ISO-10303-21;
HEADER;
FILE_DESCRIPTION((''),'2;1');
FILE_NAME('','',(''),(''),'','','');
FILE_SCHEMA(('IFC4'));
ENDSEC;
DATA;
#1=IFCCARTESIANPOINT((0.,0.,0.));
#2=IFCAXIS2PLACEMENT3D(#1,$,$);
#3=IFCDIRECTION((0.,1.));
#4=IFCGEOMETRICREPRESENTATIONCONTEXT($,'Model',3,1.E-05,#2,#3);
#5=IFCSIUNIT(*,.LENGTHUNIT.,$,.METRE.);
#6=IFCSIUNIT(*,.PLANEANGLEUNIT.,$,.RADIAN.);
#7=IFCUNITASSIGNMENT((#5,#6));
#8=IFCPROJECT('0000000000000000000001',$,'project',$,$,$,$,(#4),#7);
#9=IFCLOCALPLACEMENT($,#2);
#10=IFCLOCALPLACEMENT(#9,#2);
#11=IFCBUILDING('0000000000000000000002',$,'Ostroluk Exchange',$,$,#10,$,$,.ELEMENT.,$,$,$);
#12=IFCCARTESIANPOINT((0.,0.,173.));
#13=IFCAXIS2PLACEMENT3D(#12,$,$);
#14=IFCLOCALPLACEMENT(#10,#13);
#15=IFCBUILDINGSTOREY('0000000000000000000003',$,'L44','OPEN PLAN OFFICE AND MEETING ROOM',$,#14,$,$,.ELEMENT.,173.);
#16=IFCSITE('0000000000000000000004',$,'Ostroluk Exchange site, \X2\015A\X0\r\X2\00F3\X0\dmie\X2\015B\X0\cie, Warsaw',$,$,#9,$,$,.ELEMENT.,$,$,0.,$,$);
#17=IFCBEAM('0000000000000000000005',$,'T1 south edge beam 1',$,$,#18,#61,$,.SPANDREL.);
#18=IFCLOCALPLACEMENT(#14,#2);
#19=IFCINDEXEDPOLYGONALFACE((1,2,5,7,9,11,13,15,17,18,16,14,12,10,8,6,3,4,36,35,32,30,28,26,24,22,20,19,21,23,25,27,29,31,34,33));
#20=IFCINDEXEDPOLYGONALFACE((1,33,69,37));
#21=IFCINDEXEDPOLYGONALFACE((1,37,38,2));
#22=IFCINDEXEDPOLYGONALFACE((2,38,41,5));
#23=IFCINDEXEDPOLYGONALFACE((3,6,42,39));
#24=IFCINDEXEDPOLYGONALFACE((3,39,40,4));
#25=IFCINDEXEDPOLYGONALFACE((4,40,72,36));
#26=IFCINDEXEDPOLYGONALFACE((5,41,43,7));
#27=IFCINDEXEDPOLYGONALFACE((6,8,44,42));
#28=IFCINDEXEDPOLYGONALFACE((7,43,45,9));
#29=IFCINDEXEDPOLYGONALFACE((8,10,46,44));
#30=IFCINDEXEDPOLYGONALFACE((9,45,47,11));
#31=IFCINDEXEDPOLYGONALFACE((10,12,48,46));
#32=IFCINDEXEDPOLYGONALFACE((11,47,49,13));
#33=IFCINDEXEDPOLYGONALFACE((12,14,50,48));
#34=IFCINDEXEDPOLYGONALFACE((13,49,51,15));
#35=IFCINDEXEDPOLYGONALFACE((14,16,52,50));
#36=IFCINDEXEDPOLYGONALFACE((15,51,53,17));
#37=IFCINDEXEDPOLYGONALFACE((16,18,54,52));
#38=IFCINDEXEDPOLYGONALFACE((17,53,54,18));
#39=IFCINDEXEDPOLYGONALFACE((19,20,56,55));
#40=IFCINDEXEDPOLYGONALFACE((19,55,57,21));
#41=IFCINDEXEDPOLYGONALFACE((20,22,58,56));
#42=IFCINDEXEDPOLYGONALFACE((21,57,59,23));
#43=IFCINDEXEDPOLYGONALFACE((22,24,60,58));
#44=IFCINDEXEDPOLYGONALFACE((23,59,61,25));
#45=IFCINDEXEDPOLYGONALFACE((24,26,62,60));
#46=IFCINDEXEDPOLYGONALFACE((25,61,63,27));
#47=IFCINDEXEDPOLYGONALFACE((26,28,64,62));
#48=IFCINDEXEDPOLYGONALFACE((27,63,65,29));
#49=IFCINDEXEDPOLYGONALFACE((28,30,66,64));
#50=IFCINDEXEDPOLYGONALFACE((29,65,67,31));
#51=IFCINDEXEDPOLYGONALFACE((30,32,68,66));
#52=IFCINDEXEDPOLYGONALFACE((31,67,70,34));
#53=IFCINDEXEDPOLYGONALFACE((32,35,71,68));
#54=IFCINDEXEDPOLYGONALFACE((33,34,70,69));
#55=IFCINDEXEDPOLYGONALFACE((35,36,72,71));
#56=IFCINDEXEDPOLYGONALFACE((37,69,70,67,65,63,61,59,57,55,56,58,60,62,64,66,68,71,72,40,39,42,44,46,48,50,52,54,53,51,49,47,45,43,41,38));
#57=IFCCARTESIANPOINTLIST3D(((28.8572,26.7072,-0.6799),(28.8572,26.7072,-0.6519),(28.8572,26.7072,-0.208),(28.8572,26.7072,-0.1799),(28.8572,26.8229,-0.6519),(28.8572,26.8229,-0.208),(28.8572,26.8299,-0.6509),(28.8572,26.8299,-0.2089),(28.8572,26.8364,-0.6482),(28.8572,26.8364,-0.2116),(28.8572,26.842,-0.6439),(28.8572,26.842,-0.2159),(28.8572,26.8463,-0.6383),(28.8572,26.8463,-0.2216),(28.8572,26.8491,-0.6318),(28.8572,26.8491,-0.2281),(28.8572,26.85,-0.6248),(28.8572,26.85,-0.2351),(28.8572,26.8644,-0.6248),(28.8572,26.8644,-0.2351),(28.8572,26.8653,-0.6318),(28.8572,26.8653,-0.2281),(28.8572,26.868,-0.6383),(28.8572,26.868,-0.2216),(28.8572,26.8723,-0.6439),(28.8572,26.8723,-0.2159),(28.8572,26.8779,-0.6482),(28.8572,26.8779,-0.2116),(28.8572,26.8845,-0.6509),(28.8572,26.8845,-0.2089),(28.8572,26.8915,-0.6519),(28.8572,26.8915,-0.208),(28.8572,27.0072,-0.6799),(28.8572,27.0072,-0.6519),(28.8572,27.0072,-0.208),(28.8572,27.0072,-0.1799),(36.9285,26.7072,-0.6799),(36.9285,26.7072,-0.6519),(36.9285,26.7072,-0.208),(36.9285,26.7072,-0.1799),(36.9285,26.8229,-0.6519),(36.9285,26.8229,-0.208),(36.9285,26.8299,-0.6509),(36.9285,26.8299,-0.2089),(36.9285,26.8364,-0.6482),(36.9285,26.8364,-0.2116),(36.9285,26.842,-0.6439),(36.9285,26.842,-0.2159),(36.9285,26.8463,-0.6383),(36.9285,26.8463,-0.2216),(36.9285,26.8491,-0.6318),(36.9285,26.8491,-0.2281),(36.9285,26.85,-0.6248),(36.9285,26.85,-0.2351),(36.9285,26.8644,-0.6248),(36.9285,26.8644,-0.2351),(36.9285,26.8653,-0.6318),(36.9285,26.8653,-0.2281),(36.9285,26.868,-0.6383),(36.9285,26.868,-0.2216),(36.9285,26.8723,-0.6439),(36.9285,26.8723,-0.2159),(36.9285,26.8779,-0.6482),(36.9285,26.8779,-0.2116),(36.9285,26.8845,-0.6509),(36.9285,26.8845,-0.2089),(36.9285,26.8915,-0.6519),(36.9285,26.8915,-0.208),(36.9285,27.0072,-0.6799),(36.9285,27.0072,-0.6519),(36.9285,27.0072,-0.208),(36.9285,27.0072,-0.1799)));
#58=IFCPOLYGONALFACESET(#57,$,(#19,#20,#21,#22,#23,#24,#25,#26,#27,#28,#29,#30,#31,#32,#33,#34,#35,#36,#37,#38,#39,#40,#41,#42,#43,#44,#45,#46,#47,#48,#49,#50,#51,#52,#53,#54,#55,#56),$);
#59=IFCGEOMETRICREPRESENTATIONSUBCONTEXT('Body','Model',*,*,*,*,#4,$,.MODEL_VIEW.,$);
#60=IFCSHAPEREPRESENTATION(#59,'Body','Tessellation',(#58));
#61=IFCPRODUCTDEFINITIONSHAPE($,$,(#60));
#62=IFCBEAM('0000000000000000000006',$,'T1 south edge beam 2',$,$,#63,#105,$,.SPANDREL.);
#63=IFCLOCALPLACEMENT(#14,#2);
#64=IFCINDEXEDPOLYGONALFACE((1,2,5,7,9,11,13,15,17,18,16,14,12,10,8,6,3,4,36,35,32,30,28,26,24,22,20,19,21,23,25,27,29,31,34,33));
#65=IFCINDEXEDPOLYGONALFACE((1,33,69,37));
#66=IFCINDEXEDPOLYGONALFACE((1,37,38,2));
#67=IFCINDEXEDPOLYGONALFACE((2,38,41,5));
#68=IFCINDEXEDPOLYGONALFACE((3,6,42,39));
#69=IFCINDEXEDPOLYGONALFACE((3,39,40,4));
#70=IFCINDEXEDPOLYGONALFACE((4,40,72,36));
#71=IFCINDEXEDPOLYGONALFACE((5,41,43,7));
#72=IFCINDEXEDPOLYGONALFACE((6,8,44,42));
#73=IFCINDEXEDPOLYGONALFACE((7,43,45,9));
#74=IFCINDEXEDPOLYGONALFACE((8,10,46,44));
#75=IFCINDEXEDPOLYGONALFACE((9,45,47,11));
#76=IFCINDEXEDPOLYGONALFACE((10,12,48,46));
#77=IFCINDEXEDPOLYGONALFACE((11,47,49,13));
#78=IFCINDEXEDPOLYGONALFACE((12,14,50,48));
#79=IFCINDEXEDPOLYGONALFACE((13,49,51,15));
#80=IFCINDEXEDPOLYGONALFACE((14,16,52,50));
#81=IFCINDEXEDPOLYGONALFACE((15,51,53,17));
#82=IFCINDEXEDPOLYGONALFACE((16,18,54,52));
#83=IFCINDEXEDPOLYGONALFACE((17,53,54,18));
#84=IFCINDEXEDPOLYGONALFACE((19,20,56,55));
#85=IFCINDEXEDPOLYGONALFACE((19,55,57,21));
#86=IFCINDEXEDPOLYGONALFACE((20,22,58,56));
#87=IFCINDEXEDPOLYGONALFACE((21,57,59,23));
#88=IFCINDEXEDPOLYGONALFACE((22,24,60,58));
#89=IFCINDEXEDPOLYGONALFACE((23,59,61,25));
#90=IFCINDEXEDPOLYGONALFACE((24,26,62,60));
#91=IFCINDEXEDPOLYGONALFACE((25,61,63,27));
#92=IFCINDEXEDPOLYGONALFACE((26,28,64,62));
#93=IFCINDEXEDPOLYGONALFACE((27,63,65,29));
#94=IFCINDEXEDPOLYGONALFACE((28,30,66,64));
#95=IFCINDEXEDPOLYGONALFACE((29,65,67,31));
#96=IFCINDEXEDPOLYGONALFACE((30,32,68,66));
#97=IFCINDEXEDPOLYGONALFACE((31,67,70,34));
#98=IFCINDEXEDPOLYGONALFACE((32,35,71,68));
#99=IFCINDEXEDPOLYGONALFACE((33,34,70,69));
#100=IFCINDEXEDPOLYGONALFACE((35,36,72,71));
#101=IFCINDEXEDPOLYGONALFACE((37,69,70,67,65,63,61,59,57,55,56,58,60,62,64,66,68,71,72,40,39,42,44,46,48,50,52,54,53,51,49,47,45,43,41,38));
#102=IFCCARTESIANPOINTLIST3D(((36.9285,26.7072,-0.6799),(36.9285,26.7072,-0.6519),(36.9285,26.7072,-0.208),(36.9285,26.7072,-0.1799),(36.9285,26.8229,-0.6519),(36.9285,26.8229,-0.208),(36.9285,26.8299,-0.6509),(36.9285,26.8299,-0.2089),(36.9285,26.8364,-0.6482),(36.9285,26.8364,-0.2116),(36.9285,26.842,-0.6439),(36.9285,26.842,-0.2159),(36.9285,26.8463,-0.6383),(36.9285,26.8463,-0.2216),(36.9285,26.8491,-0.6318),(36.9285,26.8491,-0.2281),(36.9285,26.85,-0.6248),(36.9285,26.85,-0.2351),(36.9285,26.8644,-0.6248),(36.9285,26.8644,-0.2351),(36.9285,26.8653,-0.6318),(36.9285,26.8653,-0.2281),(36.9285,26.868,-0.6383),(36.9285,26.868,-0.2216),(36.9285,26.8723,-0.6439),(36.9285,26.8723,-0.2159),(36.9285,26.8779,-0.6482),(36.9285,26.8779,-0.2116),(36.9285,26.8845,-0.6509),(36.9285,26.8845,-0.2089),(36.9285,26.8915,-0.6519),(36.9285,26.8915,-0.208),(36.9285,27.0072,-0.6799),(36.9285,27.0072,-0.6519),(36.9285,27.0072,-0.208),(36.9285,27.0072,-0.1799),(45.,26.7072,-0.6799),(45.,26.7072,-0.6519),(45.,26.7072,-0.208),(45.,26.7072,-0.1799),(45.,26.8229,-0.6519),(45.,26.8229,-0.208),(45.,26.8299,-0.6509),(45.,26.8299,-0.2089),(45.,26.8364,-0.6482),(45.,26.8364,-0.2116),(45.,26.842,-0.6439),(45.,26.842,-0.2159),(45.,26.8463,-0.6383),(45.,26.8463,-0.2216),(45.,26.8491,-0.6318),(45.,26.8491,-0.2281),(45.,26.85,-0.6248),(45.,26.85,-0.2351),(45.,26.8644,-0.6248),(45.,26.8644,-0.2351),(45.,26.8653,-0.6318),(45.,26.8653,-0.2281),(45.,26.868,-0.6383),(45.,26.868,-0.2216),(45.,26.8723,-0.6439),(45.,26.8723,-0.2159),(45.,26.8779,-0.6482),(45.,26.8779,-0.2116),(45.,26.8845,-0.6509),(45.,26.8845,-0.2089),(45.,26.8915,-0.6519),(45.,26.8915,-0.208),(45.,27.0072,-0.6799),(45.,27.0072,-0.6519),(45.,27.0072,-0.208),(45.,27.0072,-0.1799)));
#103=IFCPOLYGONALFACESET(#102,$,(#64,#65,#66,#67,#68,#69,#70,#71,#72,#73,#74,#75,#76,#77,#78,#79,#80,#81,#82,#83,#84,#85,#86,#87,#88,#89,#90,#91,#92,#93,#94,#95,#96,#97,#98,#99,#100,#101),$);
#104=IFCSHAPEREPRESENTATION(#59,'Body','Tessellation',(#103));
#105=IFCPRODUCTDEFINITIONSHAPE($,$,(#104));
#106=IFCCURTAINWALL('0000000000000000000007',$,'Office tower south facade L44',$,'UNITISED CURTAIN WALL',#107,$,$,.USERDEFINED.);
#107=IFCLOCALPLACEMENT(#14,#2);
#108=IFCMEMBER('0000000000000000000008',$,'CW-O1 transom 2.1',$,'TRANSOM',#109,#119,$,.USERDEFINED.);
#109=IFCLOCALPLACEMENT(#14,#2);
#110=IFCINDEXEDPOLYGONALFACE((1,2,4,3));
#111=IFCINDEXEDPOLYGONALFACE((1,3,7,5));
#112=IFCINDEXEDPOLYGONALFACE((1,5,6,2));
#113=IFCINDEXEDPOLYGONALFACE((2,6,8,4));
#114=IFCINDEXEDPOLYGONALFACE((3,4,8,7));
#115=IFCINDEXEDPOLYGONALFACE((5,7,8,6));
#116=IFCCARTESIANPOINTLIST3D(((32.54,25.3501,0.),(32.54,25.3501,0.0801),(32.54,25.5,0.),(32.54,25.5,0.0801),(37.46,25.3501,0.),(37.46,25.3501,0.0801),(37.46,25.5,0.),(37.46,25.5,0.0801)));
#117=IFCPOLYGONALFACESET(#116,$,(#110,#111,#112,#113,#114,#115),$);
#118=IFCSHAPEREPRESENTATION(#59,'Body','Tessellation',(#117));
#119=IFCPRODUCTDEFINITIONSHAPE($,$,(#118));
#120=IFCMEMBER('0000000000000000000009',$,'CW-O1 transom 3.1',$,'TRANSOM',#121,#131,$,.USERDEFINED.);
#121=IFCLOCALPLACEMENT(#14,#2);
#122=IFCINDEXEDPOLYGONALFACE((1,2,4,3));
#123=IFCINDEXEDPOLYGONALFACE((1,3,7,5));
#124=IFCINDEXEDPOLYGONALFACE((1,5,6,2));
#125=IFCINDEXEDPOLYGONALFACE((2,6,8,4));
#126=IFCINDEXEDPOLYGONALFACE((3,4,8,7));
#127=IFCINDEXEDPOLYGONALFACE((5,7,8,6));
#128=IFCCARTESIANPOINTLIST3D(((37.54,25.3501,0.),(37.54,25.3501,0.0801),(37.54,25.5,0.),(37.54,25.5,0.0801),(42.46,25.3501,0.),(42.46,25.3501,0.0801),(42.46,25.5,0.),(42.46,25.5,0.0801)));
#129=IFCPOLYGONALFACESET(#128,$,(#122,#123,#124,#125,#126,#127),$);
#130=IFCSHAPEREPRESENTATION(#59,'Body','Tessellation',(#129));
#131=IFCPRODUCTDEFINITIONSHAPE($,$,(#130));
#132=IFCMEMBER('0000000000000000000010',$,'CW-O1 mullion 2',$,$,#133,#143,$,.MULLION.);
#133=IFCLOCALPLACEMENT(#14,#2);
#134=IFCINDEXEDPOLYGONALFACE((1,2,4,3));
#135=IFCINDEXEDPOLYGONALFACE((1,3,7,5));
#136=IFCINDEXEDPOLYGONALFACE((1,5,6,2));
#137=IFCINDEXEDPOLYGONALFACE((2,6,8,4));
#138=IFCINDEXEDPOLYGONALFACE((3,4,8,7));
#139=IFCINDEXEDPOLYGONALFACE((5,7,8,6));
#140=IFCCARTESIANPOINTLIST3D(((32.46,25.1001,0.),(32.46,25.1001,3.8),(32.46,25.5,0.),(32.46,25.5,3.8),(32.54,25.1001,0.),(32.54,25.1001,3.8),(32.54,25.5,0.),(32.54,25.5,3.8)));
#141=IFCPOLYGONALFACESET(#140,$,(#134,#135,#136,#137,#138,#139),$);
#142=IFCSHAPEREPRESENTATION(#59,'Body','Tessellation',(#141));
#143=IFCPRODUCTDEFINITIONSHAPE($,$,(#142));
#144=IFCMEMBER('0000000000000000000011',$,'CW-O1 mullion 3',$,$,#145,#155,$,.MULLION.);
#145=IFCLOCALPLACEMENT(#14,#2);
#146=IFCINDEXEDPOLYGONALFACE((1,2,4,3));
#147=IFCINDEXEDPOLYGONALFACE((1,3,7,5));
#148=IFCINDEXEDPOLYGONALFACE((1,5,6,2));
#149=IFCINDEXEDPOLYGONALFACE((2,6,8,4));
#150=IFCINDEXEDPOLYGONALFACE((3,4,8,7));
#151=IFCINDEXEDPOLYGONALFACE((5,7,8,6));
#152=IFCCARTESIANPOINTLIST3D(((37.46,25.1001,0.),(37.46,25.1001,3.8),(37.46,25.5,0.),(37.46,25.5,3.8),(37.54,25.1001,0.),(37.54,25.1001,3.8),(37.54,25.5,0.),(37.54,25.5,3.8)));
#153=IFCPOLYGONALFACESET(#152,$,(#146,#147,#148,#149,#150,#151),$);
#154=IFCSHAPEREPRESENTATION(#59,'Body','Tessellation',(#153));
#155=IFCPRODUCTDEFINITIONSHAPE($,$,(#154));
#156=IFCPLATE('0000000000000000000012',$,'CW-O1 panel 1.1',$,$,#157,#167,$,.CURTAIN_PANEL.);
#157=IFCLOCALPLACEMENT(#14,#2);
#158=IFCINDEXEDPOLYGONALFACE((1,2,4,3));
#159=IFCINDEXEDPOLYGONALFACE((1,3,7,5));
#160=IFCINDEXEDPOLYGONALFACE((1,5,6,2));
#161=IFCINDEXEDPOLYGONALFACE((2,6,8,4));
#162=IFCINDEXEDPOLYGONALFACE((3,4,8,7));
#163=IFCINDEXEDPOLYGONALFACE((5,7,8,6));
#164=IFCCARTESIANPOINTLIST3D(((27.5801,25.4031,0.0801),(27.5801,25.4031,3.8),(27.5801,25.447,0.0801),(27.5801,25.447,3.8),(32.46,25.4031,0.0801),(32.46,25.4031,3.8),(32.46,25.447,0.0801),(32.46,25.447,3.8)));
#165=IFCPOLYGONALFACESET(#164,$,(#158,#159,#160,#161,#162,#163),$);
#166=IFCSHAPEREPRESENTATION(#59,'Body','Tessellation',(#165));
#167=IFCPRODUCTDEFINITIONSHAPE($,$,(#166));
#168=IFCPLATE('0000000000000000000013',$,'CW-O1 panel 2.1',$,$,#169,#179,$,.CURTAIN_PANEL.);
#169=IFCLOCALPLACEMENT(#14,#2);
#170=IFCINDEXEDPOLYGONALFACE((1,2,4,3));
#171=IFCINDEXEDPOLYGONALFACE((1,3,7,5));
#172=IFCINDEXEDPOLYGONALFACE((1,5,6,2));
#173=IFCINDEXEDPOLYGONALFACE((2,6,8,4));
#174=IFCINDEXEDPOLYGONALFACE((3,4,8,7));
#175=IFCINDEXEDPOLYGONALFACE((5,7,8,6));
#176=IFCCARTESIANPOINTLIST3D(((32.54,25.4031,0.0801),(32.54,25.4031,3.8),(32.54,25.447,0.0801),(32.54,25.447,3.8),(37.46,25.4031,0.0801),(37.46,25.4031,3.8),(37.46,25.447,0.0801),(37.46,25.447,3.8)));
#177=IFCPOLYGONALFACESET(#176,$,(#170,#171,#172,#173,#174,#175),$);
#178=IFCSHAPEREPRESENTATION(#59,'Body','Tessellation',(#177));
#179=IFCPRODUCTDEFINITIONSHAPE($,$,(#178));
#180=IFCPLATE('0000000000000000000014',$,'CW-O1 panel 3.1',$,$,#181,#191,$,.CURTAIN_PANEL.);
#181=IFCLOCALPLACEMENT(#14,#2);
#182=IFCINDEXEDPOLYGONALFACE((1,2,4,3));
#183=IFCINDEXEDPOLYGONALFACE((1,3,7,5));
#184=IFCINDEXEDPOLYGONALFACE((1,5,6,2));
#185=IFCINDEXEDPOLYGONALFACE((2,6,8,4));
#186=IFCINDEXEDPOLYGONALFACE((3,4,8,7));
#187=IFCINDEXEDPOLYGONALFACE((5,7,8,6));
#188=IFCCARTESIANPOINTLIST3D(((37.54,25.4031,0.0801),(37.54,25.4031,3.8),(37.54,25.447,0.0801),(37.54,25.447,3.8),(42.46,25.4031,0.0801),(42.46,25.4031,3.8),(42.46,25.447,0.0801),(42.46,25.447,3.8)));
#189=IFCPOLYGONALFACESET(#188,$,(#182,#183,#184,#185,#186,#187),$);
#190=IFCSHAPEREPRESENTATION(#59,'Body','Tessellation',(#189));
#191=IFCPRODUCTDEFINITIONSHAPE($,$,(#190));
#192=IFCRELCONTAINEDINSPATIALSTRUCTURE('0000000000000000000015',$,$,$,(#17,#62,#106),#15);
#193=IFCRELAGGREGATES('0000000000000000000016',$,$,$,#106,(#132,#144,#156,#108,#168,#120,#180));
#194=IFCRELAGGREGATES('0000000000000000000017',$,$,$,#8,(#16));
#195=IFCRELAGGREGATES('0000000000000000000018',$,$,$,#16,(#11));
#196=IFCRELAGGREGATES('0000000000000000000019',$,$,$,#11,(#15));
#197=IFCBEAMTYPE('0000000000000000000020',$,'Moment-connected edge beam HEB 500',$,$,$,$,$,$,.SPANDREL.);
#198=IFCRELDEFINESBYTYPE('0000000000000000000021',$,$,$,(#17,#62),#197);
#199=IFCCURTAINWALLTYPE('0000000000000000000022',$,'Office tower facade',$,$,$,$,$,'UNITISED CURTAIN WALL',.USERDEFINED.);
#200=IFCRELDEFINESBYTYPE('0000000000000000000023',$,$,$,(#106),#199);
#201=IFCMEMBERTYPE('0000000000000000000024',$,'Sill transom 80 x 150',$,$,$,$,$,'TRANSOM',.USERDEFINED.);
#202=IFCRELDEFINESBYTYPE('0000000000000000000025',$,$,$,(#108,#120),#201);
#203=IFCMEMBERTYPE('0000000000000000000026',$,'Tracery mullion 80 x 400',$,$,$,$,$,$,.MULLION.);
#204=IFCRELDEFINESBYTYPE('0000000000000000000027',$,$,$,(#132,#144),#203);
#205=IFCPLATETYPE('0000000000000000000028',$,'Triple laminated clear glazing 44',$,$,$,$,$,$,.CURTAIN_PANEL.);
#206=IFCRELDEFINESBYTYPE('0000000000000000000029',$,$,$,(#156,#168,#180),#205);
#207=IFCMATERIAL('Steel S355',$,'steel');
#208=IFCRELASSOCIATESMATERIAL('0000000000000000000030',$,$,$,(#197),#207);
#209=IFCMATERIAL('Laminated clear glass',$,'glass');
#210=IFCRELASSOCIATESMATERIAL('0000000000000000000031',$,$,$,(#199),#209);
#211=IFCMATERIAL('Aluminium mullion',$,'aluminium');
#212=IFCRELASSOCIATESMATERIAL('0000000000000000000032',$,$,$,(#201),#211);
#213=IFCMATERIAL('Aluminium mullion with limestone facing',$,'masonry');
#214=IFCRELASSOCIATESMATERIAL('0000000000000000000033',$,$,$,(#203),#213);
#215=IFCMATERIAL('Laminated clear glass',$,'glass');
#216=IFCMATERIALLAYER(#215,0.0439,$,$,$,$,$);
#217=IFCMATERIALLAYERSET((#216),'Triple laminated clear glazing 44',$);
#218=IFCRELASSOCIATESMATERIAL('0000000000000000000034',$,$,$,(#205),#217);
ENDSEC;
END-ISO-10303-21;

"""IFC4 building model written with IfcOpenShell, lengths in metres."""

from ifc_helpers import new_model, si_unit, direction, frame, origin, origin_2d, place, context, subcontext, project, spatial, rectangle, i_section, extrude, material, layer, layer_set, material_profile, profile_set, type_object, element, aggregate, save


model = new_model("IFC4")

# Units and contexts
model_context = context("Model", 3, precision=1e-05, world=origin(), true_north=direction((0.0, 1.0)))
body_context = subcontext(model_context, "Body", "Model", "MODEL_VIEW")
ifc_project = project(units=[si_unit("LENGTHUNIT", "METRE"), si_unit("PLANEANGLEUNIT", "RADIAN")], contexts=[model_context])

# Site, building, storey
site_placement = place(None, origin())
site = spatial("IfcSite", under=ifc_project, at=site_placement, Name="Ostroluk Exchange site, Śródmieście, Warsaw", CompositionType="ELEMENT", RefElevation=0.0)
building_placement = place(site_placement, origin())
building = spatial("IfcBuilding", under=site, at=building_placement, Name="Ostroluk Exchange", CompositionType="ELEMENT")
storey_placement = place(building_placement, frame((0.0, 0.0, 173.0)))
storey = spatial("IfcBuildingStorey", under=building, at=storey_placement, Name="L44", Description="OPEN PLAN OFFICE AND MEETING ROOM", CompositionType="ELEMENT", Elevation=173.0)

# Beams
ifc_material_1 = material(Name="Steel S355", Category="steel")
ifc_material_profile_1 = material_profile(ifc_material_1, i_section(OverallWidth=0.3, OverallDepth=0.5, WebThickness=0.0144, FlangeThickness=0.0281, FilletRadius=0.0271, at=origin_2d()), Name="HEB 500")
ifc_profile_set_1 = profile_set([ifc_material_profile_1], Name="Steel S355")
beam_type_1 = type_object("IfcBeamType", Name="Moment-connected edge beam HEB 500", PredefinedType="SPANDREL", material=ifc_profile_set_1)
beam_1_placement = place(storey_placement, frame((28.8572, 26.8572, -0.4299), z_axis=(1.0, 0.0, 0.0), x_axis=(0.0, 1.0, 0.0)))
element("IfcBeam", 1, at=beam_1_placement, inside=storey, type_object=beam_type_1, Name="T1 south edge beam 1", PredefinedType="SPANDREL", context=body_context, shape_type="SweptSolid", body=[
    extrude(i_section(OverallWidth=0.3, OverallDepth=0.5, WebThickness=0.0144, FlangeThickness=0.0281, FilletRadius=0.0271, at=origin_2d()), origin(), (0.0, 0.0, 1.0), 8.0713),
])
beam_2_placement = place(storey_placement, frame((36.9285, 26.8572, -0.4299), z_axis=(1.0, 0.0, 0.0), x_axis=(0.0, 1.0, 0.0)))
element("IfcBeam", 2, at=beam_2_placement, inside=storey, type_object=beam_type_1, Name="T1 south edge beam 2", PredefinedType="SPANDREL", context=body_context, shape_type="SweptSolid", body=[
    extrude(i_section(OverallWidth=0.3, OverallDepth=0.5, WebThickness=0.0144, FlangeThickness=0.0281, FilletRadius=0.0271, at=origin_2d()), origin(), (0.0, 0.0, 1.0), 8.0715),
])

# Curtain wall, members, plates
ifc_material_2 = material(Name="Laminated clear glass", Category="glass")
curtain_wall_type = type_object("IfcCurtainWallType", Name="Office tower facade", ElementType="UNITISED CURTAIN WALL", PredefinedType="USERDEFINED", material=ifc_material_2)
curtain_wall_placement = place(storey_placement, origin())
curtain_wall = element("IfcCurtainWall", 3, at=curtain_wall_placement, inside=storey, type_object=curtain_wall_type, Name="Office tower south facade L44", ObjectType="UNITISED CURTAIN WALL", PredefinedType="USERDEFINED")
ifc_material_3 = material(Name="Aluminium mullion", Category="aluminium")
ifc_material_profile_2 = material_profile(ifc_material_3, rectangle(XDim=0.1499, YDim=0.0801, at=origin_2d()), Name="Sill transom 80 x 150")
ifc_profile_set_2 = profile_set([ifc_material_profile_2], Name="Aluminium mullion")
member_type_1 = type_object("IfcMemberType", Name="Sill transom 80 x 150", ElementType="TRANSOM", PredefinedType="USERDEFINED", material=ifc_profile_set_2)
member_1_placement = place(storey_placement, frame((32.54, 25.425, 0.04), z_axis=(1.0, 0.0, 0.0), x_axis=(0.0, 1.0, 0.0)))
member_1 = element("IfcMember", 4, at=member_1_placement, type_object=member_type_1, Name="CW-O1 transom 2.1", ObjectType="TRANSOM", PredefinedType="USERDEFINED", context=body_context, shape_type="SweptSolid", body=[
    extrude(rectangle(XDim=0.1499, YDim=0.0801, at=origin_2d()), origin(), (0.0, 0.0, 1.0), 4.9199),
])
member_2_placement = place(storey_placement, frame((37.54, 25.425, 0.04), z_axis=(1.0, 0.0, 0.0), x_axis=(0.0, 1.0, 0.0)))
member_2 = element("IfcMember", 5, at=member_2_placement, type_object=member_type_1, Name="CW-O1 transom 3.1", ObjectType="TRANSOM", PredefinedType="USERDEFINED", context=body_context, shape_type="SweptSolid", body=[
    extrude(rectangle(XDim=0.1499, YDim=0.0801, at=origin_2d()), origin(), (0.0, 0.0, 1.0), 4.9199),
])
ifc_material_4 = material(Name="Aluminium mullion with limestone facing", Category="masonry")
ifc_material_profile_3 = material_profile(ifc_material_4, rectangle(XDim=0.3999, YDim=0.0801, at=origin_2d()), Name="Tracery mullion 80 x 400")
ifc_profile_set_3 = profile_set([ifc_material_profile_3], Name="Aluminium mullion with limestone facing")
member_type_2 = type_object("IfcMemberType", Name="Tracery mullion 80 x 400", PredefinedType="MULLION", material=ifc_profile_set_3)
member_3_placement = place(storey_placement, frame((32.5, 25.3, 0.0), z_axis=(0.0, 0.0, 1.0), x_axis=(0.0, 1.0, 0.0)))
member_3 = element("IfcMember", 6, at=member_3_placement, type_object=member_type_2, Name="CW-O1 mullion 2", PredefinedType="MULLION", context=body_context, shape_type="SweptSolid", body=[
    extrude(rectangle(XDim=0.3999, YDim=0.0801, at=origin_2d()), origin(), (0.0, 0.0, 1.0), 3.8),
])
member_4_placement = place(storey_placement, frame((37.5, 25.3, 0.0), z_axis=(0.0, 0.0, 1.0), x_axis=(0.0, 1.0, 0.0)))
member_4 = element("IfcMember", 7, at=member_4_placement, type_object=member_type_2, Name="CW-O1 mullion 3", PredefinedType="MULLION", context=body_context, shape_type="SweptSolid", body=[
    extrude(rectangle(XDim=0.3999, YDim=0.0801, at=origin_2d()), origin(), (0.0, 0.0, 1.0), 3.8),
])
ifc_material_5 = material(Name="Laminated clear glass", Category="glass")
ifc_layer_1 = layer(ifc_material_5, 0.0439)
ifc_layer_set_1 = layer_set([ifc_layer_1], Name="Triple laminated clear glazing 44")
plate_type = type_object("IfcPlateType", Name="Triple laminated clear glazing 44", PredefinedType="CURTAIN_PANEL", material=ifc_layer_set_1)
plate_1_placement = place(storey_placement, frame((30.02, 25.425, 0.0801), z_axis=(0.0, 0.0, 1.0), x_axis=(1.0, 0.0, 0.0)))
plate_1 = element("IfcPlate", 8, at=plate_1_placement, type_object=plate_type, Name="CW-O1 panel 1.1", PredefinedType="CURTAIN_PANEL", context=body_context, shape_type="SweptSolid", body=[
    extrude(rectangle(XDim=4.8799, YDim=0.0439, at=origin_2d()), origin(), (0.0, 0.0, 1.0), 3.72),
])
plate_2_placement = place(storey_placement, frame((35.0, 25.425, 0.0801), z_axis=(0.0, 0.0, 1.0), x_axis=(1.0, 0.0, 0.0)))
plate_2 = element("IfcPlate", 9, at=plate_2_placement, type_object=plate_type, Name="CW-O1 panel 2.1", PredefinedType="CURTAIN_PANEL", context=body_context, shape_type="SweptSolid", body=[
    extrude(rectangle(XDim=4.9199, YDim=0.0439, at=origin_2d()), origin(), (0.0, 0.0, 1.0), 3.72),
])
plate_3_placement = place(storey_placement, frame((40.0, 25.425, 0.0801), z_axis=(0.0, 0.0, 1.0), x_axis=(1.0, 0.0, 0.0)))
plate_3 = element("IfcPlate", 10, at=plate_3_placement, type_object=plate_type, Name="CW-O1 panel 3.1", PredefinedType="CURTAIN_PANEL", context=body_context, shape_type="SweptSolid", body=[
    extrude(rectangle(XDim=4.9199, YDim=0.0439, at=origin_2d()), origin(), (0.0, 0.0, 1.0), 3.72),
])
aggregate(curtain_wall, [member_3, member_4, plate_1, member_1, plate_2, member_2, plate_3])

save(model, "model.ifc")
